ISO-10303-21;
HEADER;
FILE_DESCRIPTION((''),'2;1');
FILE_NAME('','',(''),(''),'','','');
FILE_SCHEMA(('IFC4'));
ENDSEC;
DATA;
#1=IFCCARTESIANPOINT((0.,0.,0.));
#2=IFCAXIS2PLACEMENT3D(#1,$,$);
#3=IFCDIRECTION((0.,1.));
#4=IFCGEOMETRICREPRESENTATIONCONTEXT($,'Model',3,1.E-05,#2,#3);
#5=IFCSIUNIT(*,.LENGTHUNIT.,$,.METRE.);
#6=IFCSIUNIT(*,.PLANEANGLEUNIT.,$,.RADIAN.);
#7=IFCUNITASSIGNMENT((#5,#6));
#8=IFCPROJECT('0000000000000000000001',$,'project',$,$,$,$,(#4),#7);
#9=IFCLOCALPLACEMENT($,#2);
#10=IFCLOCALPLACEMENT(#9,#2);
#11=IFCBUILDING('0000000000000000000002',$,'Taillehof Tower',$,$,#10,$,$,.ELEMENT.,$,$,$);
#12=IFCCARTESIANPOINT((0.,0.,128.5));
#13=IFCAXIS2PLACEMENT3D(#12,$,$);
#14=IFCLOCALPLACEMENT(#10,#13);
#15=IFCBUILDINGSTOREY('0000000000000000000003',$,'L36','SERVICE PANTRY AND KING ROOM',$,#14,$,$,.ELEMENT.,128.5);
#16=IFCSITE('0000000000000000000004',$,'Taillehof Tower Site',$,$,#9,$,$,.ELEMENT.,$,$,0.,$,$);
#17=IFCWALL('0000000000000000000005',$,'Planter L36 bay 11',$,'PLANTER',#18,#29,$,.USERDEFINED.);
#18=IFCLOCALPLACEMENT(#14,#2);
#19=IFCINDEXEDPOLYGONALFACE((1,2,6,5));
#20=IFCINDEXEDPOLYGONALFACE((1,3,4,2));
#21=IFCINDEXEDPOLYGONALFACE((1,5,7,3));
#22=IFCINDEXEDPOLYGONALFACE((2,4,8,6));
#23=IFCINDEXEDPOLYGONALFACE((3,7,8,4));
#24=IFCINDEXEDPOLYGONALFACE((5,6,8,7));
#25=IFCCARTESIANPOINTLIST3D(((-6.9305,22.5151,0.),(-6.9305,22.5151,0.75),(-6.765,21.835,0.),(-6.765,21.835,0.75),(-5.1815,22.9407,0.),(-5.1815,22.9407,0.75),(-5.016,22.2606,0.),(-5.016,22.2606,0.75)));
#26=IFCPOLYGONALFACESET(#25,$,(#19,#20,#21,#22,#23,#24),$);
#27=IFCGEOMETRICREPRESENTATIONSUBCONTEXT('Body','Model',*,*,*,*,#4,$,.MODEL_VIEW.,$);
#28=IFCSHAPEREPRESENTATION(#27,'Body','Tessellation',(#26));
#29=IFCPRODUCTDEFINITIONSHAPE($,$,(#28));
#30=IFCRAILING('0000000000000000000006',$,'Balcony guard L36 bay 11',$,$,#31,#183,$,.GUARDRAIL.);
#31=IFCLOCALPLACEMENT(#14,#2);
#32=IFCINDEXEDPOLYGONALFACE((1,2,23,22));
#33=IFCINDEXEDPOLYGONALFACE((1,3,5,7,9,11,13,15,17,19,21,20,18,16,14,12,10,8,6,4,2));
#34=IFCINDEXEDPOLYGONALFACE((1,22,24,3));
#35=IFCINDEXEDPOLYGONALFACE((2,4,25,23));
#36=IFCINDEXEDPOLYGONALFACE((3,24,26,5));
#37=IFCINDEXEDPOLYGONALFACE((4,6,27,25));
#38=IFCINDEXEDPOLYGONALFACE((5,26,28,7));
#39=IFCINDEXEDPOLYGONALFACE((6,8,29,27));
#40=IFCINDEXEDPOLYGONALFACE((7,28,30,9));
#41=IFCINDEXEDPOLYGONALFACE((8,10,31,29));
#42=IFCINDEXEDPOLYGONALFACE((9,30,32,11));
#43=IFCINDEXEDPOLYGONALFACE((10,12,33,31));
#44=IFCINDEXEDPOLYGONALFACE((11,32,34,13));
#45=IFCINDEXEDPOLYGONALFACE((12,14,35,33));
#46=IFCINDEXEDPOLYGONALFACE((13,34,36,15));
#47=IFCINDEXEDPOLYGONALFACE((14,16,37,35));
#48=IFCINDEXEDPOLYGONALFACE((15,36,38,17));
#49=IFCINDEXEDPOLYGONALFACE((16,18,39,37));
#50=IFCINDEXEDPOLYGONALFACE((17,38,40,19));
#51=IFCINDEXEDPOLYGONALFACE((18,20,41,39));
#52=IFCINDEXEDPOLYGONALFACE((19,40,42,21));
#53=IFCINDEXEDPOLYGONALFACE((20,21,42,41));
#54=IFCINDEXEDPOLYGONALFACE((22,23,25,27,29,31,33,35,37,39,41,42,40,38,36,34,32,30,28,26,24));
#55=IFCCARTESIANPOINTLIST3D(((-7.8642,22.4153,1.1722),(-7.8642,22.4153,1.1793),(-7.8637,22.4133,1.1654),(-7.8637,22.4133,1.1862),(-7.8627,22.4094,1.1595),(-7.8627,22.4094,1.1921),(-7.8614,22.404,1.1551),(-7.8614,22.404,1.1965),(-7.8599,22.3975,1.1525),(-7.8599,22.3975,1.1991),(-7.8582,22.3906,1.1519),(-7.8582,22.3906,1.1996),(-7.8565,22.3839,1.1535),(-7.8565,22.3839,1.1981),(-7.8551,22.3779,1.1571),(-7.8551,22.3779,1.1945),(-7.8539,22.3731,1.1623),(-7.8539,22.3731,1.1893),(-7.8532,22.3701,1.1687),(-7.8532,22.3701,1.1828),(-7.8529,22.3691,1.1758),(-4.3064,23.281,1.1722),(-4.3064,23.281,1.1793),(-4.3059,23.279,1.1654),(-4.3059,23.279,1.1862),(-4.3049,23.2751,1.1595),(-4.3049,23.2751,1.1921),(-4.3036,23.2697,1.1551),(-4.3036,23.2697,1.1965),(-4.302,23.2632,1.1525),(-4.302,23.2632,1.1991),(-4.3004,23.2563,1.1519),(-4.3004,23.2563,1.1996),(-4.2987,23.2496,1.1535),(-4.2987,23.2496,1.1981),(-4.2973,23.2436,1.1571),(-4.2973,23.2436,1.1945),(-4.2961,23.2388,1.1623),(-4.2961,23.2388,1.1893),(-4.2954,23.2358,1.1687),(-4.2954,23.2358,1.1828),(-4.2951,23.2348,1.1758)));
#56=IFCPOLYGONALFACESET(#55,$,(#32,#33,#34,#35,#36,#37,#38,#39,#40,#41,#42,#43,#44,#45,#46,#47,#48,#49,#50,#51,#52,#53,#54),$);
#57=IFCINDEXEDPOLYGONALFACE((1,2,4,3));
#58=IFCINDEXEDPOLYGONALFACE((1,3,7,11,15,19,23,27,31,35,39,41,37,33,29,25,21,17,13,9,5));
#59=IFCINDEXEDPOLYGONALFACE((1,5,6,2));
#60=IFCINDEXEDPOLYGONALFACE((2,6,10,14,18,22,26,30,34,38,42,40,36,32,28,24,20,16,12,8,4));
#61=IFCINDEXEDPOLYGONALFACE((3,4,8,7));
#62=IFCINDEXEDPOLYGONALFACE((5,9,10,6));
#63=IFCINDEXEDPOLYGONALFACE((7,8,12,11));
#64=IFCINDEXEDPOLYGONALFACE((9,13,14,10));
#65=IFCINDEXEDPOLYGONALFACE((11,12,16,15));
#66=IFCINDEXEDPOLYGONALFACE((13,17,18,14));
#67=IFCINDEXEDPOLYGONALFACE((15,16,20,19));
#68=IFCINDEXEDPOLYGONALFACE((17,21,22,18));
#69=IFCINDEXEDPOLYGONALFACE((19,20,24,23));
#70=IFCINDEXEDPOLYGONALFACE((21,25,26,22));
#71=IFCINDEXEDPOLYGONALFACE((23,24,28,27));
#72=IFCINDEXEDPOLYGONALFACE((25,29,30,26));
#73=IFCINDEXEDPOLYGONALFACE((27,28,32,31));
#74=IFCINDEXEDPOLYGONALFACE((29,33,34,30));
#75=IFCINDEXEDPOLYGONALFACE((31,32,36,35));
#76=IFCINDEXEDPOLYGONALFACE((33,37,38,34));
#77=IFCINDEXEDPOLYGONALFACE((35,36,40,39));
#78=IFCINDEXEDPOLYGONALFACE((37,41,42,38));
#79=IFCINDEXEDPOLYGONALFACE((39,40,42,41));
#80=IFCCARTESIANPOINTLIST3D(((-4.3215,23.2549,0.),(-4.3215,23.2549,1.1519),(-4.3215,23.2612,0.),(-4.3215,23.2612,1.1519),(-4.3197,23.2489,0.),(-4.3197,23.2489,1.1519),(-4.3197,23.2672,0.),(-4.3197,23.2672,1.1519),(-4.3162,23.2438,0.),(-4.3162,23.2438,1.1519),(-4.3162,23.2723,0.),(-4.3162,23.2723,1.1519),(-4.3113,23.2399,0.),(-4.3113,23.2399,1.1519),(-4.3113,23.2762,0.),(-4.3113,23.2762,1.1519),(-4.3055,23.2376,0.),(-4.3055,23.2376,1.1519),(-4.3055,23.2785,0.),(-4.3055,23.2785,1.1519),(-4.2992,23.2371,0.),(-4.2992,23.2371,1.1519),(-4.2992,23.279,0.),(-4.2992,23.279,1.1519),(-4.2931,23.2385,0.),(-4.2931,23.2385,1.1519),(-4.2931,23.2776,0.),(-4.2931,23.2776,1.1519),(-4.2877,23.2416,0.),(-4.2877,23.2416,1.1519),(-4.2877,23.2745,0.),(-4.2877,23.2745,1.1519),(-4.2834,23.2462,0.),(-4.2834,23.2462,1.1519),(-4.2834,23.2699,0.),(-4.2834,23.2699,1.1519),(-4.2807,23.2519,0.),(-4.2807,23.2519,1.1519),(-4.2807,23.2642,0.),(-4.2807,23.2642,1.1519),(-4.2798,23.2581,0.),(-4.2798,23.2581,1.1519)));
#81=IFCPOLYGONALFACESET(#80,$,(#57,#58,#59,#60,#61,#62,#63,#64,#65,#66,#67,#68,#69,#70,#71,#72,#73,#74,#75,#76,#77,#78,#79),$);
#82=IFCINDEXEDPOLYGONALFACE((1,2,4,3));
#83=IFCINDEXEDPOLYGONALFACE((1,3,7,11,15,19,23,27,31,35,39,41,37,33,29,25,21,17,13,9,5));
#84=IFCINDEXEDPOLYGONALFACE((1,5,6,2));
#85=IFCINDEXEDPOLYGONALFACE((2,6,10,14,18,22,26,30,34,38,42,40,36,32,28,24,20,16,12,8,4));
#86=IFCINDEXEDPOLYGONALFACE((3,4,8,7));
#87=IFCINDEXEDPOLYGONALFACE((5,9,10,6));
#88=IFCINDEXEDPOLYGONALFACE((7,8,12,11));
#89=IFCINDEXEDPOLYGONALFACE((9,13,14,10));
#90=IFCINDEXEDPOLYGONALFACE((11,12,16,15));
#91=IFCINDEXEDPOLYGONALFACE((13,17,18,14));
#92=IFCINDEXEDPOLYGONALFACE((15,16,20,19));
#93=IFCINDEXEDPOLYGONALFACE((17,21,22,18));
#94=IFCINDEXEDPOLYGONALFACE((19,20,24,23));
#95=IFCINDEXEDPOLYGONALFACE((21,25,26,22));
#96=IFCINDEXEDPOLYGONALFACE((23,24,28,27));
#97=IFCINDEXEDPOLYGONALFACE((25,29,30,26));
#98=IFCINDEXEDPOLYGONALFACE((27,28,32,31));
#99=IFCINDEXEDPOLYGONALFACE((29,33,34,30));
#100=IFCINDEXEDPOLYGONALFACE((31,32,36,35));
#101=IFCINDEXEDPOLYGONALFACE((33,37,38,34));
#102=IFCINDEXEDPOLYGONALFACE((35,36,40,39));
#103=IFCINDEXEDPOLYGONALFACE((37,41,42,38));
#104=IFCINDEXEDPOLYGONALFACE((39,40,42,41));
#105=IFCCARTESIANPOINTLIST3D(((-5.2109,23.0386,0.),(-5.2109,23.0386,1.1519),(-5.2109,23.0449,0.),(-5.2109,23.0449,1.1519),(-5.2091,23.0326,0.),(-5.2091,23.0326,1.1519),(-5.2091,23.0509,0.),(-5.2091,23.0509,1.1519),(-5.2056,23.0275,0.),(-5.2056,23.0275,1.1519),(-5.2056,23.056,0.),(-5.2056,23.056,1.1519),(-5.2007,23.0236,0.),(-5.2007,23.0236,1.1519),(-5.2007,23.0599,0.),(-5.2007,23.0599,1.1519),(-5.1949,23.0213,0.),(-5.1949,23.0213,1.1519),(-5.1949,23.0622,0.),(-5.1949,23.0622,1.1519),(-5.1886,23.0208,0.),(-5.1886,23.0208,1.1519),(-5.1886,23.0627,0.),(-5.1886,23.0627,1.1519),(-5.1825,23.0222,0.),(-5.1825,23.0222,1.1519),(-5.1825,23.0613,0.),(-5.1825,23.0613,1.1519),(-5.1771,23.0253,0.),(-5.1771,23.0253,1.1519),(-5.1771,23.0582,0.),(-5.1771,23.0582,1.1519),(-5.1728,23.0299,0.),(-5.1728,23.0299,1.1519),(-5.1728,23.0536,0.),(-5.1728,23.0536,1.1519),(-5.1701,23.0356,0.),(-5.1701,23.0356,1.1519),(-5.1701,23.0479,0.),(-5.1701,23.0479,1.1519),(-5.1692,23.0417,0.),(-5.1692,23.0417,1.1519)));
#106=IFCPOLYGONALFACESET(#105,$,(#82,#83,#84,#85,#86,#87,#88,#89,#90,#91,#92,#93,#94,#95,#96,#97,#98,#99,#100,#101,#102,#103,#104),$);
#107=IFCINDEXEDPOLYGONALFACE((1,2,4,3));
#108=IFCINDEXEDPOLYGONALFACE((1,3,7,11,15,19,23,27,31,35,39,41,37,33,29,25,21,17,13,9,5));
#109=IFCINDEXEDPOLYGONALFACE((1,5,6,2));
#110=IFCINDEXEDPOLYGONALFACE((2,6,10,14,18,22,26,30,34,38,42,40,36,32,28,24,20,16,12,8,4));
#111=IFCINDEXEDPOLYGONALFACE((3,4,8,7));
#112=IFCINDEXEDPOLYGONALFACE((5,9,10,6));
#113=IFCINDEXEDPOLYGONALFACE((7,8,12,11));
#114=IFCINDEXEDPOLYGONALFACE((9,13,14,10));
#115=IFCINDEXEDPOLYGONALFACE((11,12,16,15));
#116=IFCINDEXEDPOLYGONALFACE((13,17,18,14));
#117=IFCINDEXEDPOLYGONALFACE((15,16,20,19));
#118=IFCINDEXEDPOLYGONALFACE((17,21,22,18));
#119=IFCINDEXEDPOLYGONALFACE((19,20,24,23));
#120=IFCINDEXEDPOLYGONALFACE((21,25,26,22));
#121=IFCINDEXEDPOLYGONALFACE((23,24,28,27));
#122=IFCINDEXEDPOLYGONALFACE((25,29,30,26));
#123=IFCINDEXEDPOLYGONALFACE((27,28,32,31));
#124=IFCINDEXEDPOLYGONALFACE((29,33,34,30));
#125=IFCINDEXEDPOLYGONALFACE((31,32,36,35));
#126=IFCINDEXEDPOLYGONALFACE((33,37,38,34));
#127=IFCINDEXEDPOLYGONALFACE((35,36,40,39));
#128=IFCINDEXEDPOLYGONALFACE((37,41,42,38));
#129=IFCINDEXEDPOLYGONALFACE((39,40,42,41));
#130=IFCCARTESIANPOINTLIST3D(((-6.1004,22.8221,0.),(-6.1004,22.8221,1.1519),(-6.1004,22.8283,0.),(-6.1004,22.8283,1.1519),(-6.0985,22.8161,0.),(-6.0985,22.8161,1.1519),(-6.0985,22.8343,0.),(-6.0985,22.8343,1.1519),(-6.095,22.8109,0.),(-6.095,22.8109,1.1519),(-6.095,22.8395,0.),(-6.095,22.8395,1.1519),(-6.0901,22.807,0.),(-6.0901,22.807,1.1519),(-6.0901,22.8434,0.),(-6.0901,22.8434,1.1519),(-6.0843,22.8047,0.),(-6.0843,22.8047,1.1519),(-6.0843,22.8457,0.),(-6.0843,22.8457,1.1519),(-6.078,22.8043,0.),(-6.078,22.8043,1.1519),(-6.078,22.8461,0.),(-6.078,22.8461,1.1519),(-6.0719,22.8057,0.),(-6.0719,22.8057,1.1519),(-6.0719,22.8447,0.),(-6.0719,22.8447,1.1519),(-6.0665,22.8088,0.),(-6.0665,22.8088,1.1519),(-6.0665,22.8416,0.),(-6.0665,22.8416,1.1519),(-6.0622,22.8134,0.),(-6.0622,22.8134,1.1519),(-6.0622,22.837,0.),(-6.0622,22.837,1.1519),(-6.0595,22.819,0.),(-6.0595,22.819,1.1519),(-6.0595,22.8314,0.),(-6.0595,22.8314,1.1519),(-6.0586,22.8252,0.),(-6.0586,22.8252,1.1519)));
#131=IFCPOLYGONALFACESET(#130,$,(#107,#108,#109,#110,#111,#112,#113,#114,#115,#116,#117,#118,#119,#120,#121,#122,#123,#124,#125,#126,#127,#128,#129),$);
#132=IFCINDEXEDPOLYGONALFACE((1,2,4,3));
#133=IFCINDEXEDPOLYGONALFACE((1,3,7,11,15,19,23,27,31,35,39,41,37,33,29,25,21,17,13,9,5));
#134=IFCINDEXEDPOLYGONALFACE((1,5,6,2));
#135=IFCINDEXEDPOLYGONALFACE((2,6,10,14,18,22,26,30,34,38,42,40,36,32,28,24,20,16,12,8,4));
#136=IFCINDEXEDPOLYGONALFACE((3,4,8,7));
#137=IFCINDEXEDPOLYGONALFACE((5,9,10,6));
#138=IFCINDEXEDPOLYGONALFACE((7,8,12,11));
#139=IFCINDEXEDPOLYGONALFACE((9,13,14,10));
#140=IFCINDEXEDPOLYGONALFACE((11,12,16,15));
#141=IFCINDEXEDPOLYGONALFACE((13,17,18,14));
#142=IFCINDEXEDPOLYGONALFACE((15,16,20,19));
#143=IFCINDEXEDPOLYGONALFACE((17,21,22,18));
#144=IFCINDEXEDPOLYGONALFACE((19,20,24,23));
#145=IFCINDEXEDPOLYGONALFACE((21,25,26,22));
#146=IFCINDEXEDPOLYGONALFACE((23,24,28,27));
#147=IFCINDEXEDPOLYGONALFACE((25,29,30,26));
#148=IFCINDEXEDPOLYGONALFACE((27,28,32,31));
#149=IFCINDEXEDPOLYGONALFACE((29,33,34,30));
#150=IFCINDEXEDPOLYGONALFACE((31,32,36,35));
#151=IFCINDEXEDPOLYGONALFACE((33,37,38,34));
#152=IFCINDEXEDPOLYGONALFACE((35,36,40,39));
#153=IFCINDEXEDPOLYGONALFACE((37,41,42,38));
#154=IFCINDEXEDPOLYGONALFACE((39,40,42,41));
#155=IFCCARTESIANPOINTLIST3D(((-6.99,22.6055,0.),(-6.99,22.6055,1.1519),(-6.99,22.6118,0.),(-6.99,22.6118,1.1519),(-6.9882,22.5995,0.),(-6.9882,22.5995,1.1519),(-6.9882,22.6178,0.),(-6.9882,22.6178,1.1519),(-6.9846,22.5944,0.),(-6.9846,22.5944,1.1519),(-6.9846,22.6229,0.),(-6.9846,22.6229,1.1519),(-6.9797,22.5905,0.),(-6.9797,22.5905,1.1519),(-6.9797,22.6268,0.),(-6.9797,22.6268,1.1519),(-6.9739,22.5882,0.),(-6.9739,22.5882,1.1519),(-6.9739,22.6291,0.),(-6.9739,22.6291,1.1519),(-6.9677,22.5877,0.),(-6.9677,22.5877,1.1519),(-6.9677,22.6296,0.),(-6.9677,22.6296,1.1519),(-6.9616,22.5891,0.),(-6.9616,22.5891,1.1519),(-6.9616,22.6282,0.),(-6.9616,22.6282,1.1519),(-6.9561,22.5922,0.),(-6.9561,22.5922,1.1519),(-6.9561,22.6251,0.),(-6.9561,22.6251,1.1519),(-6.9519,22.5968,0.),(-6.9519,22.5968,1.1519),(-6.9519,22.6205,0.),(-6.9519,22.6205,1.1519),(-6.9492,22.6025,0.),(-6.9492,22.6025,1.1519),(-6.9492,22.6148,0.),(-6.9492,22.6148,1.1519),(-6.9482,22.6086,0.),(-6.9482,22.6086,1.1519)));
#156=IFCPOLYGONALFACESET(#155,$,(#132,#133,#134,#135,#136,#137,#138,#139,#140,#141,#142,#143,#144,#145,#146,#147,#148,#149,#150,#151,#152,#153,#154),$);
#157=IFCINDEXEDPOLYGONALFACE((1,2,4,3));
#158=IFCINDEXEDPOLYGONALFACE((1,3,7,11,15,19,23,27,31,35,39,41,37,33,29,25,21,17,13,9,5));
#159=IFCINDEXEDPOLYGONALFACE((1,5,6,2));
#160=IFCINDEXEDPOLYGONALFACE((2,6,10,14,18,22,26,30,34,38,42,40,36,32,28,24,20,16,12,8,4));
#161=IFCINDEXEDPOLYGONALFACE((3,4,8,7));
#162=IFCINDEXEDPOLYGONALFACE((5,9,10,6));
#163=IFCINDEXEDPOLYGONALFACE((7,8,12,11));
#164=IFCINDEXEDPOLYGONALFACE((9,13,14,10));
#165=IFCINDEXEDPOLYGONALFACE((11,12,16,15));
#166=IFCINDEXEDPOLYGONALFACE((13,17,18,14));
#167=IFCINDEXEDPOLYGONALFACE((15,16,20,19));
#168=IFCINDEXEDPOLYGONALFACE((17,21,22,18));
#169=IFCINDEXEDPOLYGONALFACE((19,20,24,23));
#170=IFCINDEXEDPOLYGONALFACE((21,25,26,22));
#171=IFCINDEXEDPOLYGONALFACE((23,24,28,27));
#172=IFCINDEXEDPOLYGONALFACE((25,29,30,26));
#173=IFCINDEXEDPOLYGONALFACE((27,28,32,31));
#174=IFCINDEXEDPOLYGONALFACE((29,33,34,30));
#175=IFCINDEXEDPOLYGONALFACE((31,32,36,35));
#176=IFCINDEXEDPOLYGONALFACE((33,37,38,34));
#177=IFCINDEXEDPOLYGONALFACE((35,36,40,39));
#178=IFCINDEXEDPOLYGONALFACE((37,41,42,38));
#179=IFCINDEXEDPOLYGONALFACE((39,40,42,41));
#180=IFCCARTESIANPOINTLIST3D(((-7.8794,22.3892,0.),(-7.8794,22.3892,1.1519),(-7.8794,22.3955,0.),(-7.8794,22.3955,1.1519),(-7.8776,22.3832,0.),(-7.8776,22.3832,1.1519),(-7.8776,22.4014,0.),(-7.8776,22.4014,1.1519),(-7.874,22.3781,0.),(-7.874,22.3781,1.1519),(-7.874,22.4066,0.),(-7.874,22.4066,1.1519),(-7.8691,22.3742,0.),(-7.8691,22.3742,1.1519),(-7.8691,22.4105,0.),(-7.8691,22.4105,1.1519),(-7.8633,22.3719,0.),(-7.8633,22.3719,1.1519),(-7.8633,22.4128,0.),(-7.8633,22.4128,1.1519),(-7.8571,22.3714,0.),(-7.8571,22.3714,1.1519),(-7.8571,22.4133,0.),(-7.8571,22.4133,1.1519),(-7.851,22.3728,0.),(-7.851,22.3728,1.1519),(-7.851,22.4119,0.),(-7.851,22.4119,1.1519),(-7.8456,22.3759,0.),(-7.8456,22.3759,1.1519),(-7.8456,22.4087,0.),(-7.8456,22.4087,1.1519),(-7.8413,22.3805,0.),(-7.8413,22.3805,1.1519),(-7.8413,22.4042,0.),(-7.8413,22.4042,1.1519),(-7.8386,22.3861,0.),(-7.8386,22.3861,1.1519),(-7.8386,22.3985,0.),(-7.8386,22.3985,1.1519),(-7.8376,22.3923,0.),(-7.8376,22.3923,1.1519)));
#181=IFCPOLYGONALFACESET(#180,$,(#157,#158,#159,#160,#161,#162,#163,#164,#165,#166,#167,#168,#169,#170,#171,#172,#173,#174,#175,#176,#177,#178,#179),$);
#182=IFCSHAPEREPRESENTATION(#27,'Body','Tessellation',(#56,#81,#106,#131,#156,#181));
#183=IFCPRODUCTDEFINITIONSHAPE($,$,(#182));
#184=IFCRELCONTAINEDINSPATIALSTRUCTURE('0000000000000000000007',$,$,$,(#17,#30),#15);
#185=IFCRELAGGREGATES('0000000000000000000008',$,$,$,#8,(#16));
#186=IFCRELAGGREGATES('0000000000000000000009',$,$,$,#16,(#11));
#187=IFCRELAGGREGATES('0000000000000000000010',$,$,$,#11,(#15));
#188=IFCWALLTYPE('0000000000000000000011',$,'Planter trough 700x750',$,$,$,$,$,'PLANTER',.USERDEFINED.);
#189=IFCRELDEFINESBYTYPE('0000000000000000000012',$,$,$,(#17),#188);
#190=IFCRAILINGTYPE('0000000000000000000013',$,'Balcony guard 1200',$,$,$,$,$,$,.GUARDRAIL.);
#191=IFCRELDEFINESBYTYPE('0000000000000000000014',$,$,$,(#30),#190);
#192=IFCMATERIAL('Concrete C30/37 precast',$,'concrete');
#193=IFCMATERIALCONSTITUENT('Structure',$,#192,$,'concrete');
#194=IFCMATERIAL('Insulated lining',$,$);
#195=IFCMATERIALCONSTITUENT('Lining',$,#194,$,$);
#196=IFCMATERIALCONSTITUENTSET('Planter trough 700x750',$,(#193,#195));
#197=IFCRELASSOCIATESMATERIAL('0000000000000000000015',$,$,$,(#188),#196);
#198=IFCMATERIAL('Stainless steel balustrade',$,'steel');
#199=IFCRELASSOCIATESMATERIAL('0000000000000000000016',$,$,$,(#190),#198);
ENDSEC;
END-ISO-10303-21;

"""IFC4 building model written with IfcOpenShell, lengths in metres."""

from ifc_helpers import new_model, si_unit, direction, frame, frame_2d, origin, origin_2d, place, context, subcontext, project, spatial, rectangle, circle, extrude, material, constituent, constituent_set, type_object, element, save


model = new_model("IFC4")

# Units and contexts
model_context = context("Model", 3, precision=1e-05, world=origin(), true_north=direction((0.0, 1.0)))
body_context = subcontext(model_context, "Body", "Model", "MODEL_VIEW")
ifc_project = project(units=[si_unit("LENGTHUNIT", "METRE"), si_unit("PLANEANGLEUNIT", "RADIAN")], contexts=[model_context])

# Site, building, storey
site_placement = place(None, origin())
site = spatial("IfcSite", under=ifc_project, at=site_placement, Name="Taillehof Tower Site", CompositionType="ELEMENT", RefElevation=0.0)
building_placement = place(site_placement, origin())
building = spatial("IfcBuilding", under=site, at=building_placement, Name="Taillehof Tower", CompositionType="ELEMENT")
storey_placement = place(building_placement, frame((0.0, 0.0, 128.5)))
storey = spatial("IfcBuildingStorey", under=building, at=storey_placement, Name="L36", Description="SERVICE PANTRY AND KING ROOM", CompositionType="ELEMENT", Elevation=128.5)

# Wall
ifc_material_1 = material(Name="Concrete C30/37 precast", Category="concrete")
ifc_constituent_1 = constituent(ifc_material_1, Name="Structure", Category="concrete")
ifc_material_2 = material(Name="Insulated lining")
ifc_constituent_2 = constituent(ifc_material_2, Name="Lining")
ifc_constituent_set = constituent_set(constituents=[ifc_constituent_1, ifc_constituent_2], Name="Planter trough 700x750")
wall_type_1 = type_object("IfcWallType", Name="Planter trough 700x750", ElementType="PLANTER", PredefinedType="USERDEFINED", material=ifc_constituent_set)
wall_1_placement = place(storey_placement, frame((-5.0989, 22.6006, 0.0), z_axis=(0.0, 0.0, 1.0), x_axis=(-0.971655, -0.236403, 0.0)))
element("IfcWall", 1, at=wall_1_placement, inside=storey, type_object=wall_type_1, Name="Planter L36 bay 11", ObjectType="PLANTER", PredefinedType="USERDEFINED", context=body_context, shape_type="SweptSolid", body=[
    extrude(rectangle(XDim=1.8, YDim=0.7, at=frame_2d((0.8999, 0.0))), origin(), (0.0, 0.0, 1.0), 0.75),
])

# Railing
ifc_material_3 = material(Name="Stainless steel balustrade", Category="steel")
railing_type = type_object("IfcRailingType", Name="Balcony guard 1200", PredefinedType="GUARDRAIL", material=ifc_material_3)
railing_placement = place(storey_placement, frame((-4.3008, 23.2581, 0.0)))
element("IfcRailing", 2, at=railing_placement, inside=storey, type_object=railing_type, Name="Balcony guard L36 bay 11", PredefinedType="GUARDRAIL", context=body_context, shape_type="SweptSolid", body=[
    extrude(circle(Radius=0.0239, at=origin_2d()), frame((0.0, 0.0, 1.1758), z_axis=(-0.971649, -0.236428, 0.0), x_axis=(0.236428, -0.971649, 0.0)), (0.0, 0.0, 1.0), 3.6616),
    extrude(circle(Radius=0.021, at=origin_2d()), origin(), (0.0, 0.0, 1.0), 1.1519),
    extrude(circle(Radius=0.021, at=origin_2d()), frame((-0.8894, -0.2163, 0.0)), (0.0, 0.0, 1.0), 1.1519),
    extrude(circle(Radius=0.021, at=origin_2d()), frame((-1.7788, -0.4329, 0.0)), (0.0, 0.0, 1.0), 1.1519),
    extrude(circle(Radius=0.021, at=origin_2d()), frame((-2.6685, -0.6494, 0.0)), (0.0, 0.0, 1.0), 1.1519),
    extrude(circle(Radius=0.021, at=origin_2d()), frame((-3.5579, -0.8657, 0.0)), (0.0, 0.0, 1.0), 1.1519),
])

save(model, "model.ifc")
